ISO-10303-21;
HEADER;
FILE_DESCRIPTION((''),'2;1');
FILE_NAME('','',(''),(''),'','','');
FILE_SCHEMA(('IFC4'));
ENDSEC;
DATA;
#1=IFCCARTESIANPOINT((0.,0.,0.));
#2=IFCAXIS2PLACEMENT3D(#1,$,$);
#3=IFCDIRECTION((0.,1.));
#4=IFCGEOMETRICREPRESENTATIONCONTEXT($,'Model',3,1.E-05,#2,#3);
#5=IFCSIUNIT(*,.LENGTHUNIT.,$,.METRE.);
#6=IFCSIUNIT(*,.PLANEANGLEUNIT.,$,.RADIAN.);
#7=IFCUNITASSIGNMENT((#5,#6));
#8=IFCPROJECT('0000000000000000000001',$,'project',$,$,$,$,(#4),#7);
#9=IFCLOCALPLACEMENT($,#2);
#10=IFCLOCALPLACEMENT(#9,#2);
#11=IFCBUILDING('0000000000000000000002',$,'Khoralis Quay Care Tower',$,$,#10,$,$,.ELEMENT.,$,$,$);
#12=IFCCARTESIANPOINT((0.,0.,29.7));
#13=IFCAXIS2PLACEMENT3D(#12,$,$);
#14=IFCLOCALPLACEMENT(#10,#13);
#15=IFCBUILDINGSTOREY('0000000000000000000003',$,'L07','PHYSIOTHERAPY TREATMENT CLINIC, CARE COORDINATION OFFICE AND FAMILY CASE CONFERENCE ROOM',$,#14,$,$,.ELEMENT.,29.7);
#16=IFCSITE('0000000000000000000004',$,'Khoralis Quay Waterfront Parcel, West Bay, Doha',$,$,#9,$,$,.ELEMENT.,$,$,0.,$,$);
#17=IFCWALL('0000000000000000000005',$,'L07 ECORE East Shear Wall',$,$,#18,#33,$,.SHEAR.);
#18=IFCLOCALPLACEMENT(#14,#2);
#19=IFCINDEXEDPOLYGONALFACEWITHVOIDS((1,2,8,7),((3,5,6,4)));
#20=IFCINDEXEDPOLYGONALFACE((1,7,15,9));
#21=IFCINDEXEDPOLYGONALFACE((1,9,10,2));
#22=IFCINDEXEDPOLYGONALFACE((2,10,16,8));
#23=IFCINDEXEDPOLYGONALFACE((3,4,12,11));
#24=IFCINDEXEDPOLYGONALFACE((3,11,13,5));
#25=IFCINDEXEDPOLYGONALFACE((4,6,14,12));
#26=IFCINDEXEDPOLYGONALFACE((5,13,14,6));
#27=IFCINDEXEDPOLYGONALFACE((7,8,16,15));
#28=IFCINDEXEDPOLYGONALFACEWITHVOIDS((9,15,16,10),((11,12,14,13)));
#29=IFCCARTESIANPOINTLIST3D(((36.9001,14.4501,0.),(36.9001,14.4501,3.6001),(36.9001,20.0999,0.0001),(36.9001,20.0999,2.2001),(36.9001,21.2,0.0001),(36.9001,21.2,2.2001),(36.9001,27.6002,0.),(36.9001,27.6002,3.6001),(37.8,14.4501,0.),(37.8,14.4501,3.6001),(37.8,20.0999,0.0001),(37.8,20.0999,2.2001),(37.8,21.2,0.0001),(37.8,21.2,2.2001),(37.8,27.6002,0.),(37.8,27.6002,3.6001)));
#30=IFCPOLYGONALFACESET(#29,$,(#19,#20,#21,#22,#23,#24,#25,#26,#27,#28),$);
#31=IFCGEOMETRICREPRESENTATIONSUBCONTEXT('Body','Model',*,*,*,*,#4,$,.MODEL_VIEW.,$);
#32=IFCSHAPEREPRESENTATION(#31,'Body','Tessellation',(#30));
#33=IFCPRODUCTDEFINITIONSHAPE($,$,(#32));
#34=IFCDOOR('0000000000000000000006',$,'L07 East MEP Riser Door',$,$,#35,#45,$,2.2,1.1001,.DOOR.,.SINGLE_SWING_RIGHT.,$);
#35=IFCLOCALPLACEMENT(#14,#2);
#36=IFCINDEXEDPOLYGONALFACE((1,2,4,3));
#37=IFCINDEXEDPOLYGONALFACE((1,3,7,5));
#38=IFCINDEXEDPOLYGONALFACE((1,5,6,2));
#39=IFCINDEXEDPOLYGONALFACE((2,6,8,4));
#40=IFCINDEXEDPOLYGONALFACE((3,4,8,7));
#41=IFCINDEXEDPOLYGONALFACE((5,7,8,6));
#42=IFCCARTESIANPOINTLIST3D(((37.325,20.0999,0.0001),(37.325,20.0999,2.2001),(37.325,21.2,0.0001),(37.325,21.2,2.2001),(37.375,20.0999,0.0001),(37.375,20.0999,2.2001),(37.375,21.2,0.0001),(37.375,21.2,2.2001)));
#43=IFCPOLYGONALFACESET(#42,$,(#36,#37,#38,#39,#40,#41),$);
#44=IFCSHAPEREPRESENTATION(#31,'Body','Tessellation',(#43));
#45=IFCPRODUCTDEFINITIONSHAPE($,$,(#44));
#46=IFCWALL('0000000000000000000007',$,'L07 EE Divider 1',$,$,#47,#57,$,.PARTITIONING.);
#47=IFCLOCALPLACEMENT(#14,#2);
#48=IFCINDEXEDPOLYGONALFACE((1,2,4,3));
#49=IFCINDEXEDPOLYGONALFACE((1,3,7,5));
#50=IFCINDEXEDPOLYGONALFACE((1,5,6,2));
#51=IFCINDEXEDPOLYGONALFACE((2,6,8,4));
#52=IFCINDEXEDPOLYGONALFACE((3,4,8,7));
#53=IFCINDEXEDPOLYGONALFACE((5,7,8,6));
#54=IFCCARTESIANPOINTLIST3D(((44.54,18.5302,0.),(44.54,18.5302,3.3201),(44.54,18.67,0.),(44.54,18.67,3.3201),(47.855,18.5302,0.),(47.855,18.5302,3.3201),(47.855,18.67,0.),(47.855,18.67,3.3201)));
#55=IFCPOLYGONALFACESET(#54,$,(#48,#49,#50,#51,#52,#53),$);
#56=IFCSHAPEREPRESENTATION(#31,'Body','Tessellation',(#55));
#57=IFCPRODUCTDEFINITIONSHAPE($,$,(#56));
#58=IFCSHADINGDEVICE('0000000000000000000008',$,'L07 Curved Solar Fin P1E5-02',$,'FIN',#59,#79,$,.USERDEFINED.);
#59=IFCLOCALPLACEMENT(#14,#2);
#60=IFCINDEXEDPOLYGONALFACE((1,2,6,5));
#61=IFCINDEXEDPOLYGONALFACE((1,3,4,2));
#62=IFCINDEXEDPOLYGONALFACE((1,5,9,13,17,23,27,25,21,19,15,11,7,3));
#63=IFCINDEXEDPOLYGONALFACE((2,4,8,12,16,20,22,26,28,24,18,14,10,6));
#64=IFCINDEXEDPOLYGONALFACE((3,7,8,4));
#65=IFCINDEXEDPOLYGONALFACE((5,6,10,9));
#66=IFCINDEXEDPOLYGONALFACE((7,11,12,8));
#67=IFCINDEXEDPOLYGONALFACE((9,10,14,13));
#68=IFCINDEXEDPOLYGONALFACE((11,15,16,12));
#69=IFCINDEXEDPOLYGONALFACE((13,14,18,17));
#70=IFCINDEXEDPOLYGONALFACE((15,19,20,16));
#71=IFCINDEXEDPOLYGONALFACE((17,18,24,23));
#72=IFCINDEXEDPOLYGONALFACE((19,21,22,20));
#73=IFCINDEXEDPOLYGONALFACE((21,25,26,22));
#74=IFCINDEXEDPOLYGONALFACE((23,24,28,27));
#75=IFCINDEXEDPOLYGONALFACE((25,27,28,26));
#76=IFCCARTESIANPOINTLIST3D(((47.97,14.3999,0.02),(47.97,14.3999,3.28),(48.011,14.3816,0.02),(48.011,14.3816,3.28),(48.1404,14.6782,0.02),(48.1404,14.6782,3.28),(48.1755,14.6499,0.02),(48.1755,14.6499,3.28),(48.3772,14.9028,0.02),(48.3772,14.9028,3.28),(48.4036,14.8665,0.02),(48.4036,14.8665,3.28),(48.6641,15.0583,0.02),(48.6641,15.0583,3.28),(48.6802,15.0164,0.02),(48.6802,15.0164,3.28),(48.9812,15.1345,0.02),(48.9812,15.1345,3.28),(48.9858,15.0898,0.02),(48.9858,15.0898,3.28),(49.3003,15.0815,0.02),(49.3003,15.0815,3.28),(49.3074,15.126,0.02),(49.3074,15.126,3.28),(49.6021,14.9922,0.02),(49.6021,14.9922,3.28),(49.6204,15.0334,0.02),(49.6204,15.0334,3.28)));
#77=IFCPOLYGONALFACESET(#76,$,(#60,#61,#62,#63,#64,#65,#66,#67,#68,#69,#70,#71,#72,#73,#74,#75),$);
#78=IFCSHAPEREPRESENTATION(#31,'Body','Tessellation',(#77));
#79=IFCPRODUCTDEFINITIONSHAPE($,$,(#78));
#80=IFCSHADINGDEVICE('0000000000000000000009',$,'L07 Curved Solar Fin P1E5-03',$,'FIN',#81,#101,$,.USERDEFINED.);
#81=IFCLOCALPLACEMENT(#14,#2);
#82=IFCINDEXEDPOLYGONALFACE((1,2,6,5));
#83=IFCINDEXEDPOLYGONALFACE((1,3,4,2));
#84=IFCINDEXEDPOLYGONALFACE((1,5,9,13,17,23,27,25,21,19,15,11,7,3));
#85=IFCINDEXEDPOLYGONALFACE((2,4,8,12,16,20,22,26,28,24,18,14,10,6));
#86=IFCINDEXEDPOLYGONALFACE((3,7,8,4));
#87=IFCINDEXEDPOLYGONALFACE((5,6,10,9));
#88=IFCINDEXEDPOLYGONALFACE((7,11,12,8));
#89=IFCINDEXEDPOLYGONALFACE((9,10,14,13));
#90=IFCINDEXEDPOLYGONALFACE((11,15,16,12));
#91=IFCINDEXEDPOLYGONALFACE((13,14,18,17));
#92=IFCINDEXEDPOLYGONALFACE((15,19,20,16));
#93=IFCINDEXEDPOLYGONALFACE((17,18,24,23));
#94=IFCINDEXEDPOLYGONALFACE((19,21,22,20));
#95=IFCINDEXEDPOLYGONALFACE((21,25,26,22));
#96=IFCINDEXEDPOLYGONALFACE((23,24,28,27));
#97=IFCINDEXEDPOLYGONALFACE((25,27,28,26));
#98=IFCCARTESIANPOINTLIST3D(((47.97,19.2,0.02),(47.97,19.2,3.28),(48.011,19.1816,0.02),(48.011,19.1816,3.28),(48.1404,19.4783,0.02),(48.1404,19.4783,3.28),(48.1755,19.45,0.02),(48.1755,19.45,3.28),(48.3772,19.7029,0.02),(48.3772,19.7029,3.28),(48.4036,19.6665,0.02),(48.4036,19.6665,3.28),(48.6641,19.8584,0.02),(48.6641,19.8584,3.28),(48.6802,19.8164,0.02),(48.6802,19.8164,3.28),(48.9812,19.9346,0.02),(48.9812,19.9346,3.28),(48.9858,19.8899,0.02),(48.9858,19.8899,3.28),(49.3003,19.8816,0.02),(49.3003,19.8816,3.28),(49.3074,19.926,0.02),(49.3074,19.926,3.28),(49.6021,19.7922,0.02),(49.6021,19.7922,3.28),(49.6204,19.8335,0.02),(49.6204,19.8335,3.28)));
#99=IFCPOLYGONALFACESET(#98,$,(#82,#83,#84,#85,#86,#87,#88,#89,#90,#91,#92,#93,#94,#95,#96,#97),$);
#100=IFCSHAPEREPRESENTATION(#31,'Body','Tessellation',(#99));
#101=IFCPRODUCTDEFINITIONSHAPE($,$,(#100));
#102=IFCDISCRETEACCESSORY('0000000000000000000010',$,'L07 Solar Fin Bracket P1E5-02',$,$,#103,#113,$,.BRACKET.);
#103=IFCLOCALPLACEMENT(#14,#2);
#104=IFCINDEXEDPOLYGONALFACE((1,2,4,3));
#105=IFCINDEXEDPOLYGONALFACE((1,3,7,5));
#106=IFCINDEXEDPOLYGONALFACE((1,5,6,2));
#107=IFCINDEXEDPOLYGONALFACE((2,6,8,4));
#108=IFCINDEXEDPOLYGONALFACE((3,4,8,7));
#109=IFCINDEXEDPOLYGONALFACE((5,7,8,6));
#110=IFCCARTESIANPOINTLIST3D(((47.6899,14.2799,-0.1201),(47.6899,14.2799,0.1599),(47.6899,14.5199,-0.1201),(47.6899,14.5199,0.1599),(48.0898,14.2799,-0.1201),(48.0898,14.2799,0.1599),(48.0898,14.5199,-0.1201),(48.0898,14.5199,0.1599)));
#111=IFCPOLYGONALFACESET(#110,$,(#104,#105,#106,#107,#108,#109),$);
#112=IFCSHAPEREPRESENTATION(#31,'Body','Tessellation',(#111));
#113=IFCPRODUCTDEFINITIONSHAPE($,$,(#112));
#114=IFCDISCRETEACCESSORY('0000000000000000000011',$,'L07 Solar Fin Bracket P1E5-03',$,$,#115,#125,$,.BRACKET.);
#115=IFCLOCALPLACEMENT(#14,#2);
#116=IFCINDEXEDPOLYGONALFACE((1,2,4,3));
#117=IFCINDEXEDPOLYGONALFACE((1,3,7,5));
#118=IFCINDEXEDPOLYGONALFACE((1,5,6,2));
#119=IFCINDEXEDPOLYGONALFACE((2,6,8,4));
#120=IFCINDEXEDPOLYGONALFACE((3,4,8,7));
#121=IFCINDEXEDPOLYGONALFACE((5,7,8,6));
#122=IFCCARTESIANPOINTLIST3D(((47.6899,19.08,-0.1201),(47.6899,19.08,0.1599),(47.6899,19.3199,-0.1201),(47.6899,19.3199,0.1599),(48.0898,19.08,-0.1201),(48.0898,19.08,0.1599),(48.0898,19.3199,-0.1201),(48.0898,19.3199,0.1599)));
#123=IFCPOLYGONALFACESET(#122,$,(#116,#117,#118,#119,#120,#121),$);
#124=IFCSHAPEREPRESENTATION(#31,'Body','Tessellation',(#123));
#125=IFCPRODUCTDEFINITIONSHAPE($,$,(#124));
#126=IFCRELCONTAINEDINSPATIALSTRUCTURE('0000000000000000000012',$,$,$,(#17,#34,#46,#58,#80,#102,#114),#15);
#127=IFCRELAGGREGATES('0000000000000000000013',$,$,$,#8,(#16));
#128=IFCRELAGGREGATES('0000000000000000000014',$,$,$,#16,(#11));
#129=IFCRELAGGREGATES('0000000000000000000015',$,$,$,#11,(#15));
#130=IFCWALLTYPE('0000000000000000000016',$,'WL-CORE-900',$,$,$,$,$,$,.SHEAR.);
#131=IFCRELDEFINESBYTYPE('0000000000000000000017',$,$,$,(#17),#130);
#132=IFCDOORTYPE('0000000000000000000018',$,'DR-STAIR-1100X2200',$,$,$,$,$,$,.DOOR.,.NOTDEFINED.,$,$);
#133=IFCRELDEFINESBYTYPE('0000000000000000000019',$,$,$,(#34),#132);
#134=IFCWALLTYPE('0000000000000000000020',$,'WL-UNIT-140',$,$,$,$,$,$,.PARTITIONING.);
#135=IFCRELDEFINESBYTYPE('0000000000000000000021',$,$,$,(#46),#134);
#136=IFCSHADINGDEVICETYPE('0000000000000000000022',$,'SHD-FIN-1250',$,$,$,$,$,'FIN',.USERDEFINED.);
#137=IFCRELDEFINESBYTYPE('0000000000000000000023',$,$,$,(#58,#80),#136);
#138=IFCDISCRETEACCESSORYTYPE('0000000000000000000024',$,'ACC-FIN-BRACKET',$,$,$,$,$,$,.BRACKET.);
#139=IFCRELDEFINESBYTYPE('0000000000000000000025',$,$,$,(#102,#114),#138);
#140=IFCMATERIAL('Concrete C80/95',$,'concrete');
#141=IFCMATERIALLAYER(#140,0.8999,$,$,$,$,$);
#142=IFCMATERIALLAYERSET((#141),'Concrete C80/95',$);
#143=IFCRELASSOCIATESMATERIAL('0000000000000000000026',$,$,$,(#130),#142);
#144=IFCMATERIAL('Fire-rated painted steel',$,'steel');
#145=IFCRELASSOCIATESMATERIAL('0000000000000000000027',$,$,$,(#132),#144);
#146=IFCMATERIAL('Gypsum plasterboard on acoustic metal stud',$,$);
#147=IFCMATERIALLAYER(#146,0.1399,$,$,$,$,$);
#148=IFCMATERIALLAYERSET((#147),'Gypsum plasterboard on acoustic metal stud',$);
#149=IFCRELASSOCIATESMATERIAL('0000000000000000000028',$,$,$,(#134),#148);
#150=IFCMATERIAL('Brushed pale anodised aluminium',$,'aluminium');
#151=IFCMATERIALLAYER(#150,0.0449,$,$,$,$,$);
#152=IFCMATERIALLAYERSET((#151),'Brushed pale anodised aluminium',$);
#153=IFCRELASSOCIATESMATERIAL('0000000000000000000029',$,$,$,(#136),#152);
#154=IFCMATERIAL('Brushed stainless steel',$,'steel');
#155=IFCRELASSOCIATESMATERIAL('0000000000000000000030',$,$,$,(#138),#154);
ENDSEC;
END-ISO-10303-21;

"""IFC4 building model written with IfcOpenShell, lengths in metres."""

from ifc_helpers import new_model, si_unit, direction, frame, frame_2d, origin, origin_2d, place, context, subcontext, project, spatial, polyline, rectangle, outline, extrude, source, transform, mapped, material, layer, layer_set, type_object, element, fill, save


model = new_model("IFC4")

# Units and contexts
model_context = context("Model", 3, precision=1e-05, world=origin(), true_north=direction((0.0, 1.0)))
body_context = subcontext(model_context, "Body", "Model", "MODEL_VIEW")
ifc_project = project(units=[si_unit("LENGTHUNIT", "METRE"), si_unit("PLANEANGLEUNIT", "RADIAN")], contexts=[model_context])

# Site, building, storey
site_placement = place(None, origin())
site = spatial("IfcSite", under=ifc_project, at=site_placement, Name="Khoralis Quay Waterfront Parcel, West Bay, Doha", CompositionType="ELEMENT", RefElevation=0.0)
building_placement = place(site_placement, origin())
building = spatial("IfcBuilding", under=site, at=building_placement, Name="Khoralis Quay Care Tower", CompositionType="ELEMENT")
storey_placement = place(building_placement, frame((0.0, 0.0, 29.7)))
storey = spatial("IfcBuildingStorey", under=building, at=storey_placement, Name="L07", Description="PHYSIOTHERAPY TREATMENT CLINIC, CARE COORDINATION OFFICE AND FAMILY CASE CONFERENCE ROOM", CompositionType="ELEMENT", Elevation=29.7)

# Shared definitions
ifc_material_1 = material(Name="Concrete C80/95", Category="concrete")

# Wall, opening, door
ifc_layer_1 = layer(ifc_material_1, 0.8999)
ifc_layer_set_1 = layer_set([ifc_layer_1], Name="Concrete C80/95")
wall_type_1 = type_object("IfcWallType", Name="WL-CORE-900", PredefinedType="SHEAR", material=ifc_layer_set_1)
wall_1_placement = place(storey_placement, frame((37.3501, 14.45, 0.0), z_axis=(0.0, 0.0, 1.0), x_axis=(0.0, 1.0, 0.0)))
wall_1 = element("IfcWall", 1, at=wall_1_placement, inside=storey, type_object=wall_type_1, Name="L07 ECORE East Shear Wall", PredefinedType="SHEAR", context=body_context, shape_type="SweptSolid", body=[
    extrude(rectangle(XDim=13.1501, YDim=0.8999, at=frame_2d((6.5752, 0.0))), origin(), (0.0, 0.0, 1.0), 3.6001),
])
opening_placement = place(wall_1_placement, frame((5.6499, 0.0, 0.0)))
opening = element("IfcOpeningElement", 2, at=opening_placement, cuts=wall_1, PredefinedType="OPENING", context=body_context, shape_type="SweptSolid", body=[
    extrude(rectangle(XDim=1.1001, YDim=2.2, at=frame_2d((0.55, 1.1001))), frame((0.0, 0.46, 0.0), z_axis=(0.0, -1.0, 0.0), x_axis=(1.0, 0.0, 0.0)), (0.0, 0.0, 1.0), 0.9199),
])
ifc_material_2 = material(Name="Fire-rated painted steel", Category="steel")
door_type = type_object("IfcDoorType", Name="DR-STAIR-1100X2200", OperationType="NOTDEFINED", PredefinedType="DOOR", material=ifc_material_2)
shared_shape_1 = source(origin(), body_context, "Body", "SweptSolid", [
    extrude(rectangle(XDim=1.1001, YDim=2.2, at=frame_2d((0.55, 1.1001))), frame((0.0, 0.0249, 0.0), z_axis=(0.0, -1.0, 0.0), x_axis=(1.0, 0.0, 0.0)), (0.0, 0.0, 1.0), 0.05),
])
door_placement = place(opening_placement, frame((1.1001, 0.0, 0.0), z_axis=(0.0, 0.0, 1.0), x_axis=(-1.0, 0.0, 0.0)))
door = element("IfcDoor", 3, at=door_placement, inside=storey, type_object=door_type, Name="L07 East MEP Riser Door", OperationType="SINGLE_SWING_RIGHT", OverallHeight=2.2, OverallWidth=1.1001, PredefinedType="DOOR", context=body_context, shape_type="MappedRepresentation", body=[
    mapped(shared_shape_1, transform((0.0, 0.0, 0.0), scale=1.0)),
])
fill(opening, door)

# Wall
ifc_material_3 = material(Name="Gypsum plasterboard on acoustic metal stud")
ifc_layer_2 = layer(ifc_material_3, 0.1399)
ifc_layer_set_2 = layer_set([ifc_layer_2], Name="Gypsum plasterboard on acoustic metal stud")
wall_type_2 = type_object("IfcWallType", Name="WL-UNIT-140", PredefinedType="PARTITIONING", material=ifc_layer_set_2)
wall_2_placement = place(storey_placement, frame((44.54, 18.6001, 0.0), z_axis=(0.0, 0.0, 1.0), x_axis=(1.0, 0.0, 0.0)))
element("IfcWall", 4, at=wall_2_placement, inside=storey, type_object=wall_type_2, Name="L07 EE Divider 1", PredefinedType="PARTITIONING", context=body_context, shape_type="SweptSolid", body=[
    extrude(rectangle(XDim=3.3149, YDim=0.1399, at=frame_2d((1.6575, 0.0))), origin(), (0.0, 0.0, 1.0), 3.3201),
])

# Shading devices
ifc_material_4 = material(Name="Brushed pale anodised aluminium", Category="aluminium")
ifc_layer_3 = layer(ifc_material_4, 0.0449)
ifc_layer_set_3 = layer_set([ifc_layer_3], Name="Brushed pale anodised aluminium")
shading_device_type = type_object("IfcShadingDeviceType", Name="SHD-FIN-1250", ElementType="FIN", PredefinedType="USERDEFINED", material=ifc_layer_set_3)
shared_shape_2 = source(origin(), body_context, "Body", "SweptSolid", [
    extrude(outline(polyline([(0.0, 0.0), (0.1704, 0.2783), (0.4072, 0.5029), (0.6941, 0.6584), (1.0112, 0.7346), (1.3374, 0.7261), (1.6504, 0.6335), (1.6321, 0.5923), (1.3303, 0.6816), (1.0159, 0.6899), (0.7102, 0.6165), (0.4336, 0.4666), (0.2056, 0.25), (0.041, -0.0183), (0.0, 0.0)])), origin(), (0.0, 0.0, 1.0), 3.26),
])
for number, where, z_axis, x_axis, name in (
    (5, (47.97, 14.3999, 0.02), (0.0, 0.0, 1.0), (1.0, 0.0, 0.0), "L07 Curved Solar Fin P1E5-02"),
    (6, (47.97, 19.2, 0.02), (0.0, 0.0, 1.0), (1.0, 0.0, 0.0), "L07 Curved Solar Fin P1E5-03"),
):
    element("IfcShadingDevice", number, at=place(storey_placement, frame(where, z_axis=z_axis, x_axis=x_axis)), inside=storey, type_object=shading_device_type, Name=name, ObjectType="FIN", PredefinedType="USERDEFINED", context=body_context, shape_type="MappedRepresentation", body=[
        mapped(shared_shape_2, transform((0.0, 0.0, 0.0), scale=1.0)),
    ])

# Discrete accessories
ifc_material_5 = material(Name="Brushed stainless steel", Category="steel")
discrete_accessory_type = type_object("IfcDiscreteAccessoryType", Name="ACC-FIN-BRACKET", PredefinedType="BRACKET", material=ifc_material_5)
shared_shape_3 = source(origin(), body_context, "Body", "SweptSolid", [
    extrude(rectangle(XDim=0.3999, YDim=0.24, at=origin_2d()), origin(), (0.0, 0.0, 1.0), 0.28),
])
for number, where, z_axis, x_axis, name in (
    (7, (47.8899, 14.3999, -0.1201), (0.0, 0.0, 1.0), (1.0, 0.0, 0.0), "L07 Solar Fin Bracket P1E5-02"),
    (8, (47.8899, 19.2, -0.1201), (0.0, 0.0, 1.0), (1.0, 0.0, 0.0), "L07 Solar Fin Bracket P1E5-03"),
):
    element("IfcDiscreteAccessory", number, at=place(storey_placement, frame(where, z_axis=z_axis, x_axis=x_axis)), inside=storey, type_object=discrete_accessory_type, Name=name, PredefinedType="BRACKET", context=body_context, shape_type="MappedRepresentation", body=[
        mapped(shared_shape_3, transform((0.0, 0.0, 0.0), scale=1.0)),
    ])

save(model, "model.ifc")
